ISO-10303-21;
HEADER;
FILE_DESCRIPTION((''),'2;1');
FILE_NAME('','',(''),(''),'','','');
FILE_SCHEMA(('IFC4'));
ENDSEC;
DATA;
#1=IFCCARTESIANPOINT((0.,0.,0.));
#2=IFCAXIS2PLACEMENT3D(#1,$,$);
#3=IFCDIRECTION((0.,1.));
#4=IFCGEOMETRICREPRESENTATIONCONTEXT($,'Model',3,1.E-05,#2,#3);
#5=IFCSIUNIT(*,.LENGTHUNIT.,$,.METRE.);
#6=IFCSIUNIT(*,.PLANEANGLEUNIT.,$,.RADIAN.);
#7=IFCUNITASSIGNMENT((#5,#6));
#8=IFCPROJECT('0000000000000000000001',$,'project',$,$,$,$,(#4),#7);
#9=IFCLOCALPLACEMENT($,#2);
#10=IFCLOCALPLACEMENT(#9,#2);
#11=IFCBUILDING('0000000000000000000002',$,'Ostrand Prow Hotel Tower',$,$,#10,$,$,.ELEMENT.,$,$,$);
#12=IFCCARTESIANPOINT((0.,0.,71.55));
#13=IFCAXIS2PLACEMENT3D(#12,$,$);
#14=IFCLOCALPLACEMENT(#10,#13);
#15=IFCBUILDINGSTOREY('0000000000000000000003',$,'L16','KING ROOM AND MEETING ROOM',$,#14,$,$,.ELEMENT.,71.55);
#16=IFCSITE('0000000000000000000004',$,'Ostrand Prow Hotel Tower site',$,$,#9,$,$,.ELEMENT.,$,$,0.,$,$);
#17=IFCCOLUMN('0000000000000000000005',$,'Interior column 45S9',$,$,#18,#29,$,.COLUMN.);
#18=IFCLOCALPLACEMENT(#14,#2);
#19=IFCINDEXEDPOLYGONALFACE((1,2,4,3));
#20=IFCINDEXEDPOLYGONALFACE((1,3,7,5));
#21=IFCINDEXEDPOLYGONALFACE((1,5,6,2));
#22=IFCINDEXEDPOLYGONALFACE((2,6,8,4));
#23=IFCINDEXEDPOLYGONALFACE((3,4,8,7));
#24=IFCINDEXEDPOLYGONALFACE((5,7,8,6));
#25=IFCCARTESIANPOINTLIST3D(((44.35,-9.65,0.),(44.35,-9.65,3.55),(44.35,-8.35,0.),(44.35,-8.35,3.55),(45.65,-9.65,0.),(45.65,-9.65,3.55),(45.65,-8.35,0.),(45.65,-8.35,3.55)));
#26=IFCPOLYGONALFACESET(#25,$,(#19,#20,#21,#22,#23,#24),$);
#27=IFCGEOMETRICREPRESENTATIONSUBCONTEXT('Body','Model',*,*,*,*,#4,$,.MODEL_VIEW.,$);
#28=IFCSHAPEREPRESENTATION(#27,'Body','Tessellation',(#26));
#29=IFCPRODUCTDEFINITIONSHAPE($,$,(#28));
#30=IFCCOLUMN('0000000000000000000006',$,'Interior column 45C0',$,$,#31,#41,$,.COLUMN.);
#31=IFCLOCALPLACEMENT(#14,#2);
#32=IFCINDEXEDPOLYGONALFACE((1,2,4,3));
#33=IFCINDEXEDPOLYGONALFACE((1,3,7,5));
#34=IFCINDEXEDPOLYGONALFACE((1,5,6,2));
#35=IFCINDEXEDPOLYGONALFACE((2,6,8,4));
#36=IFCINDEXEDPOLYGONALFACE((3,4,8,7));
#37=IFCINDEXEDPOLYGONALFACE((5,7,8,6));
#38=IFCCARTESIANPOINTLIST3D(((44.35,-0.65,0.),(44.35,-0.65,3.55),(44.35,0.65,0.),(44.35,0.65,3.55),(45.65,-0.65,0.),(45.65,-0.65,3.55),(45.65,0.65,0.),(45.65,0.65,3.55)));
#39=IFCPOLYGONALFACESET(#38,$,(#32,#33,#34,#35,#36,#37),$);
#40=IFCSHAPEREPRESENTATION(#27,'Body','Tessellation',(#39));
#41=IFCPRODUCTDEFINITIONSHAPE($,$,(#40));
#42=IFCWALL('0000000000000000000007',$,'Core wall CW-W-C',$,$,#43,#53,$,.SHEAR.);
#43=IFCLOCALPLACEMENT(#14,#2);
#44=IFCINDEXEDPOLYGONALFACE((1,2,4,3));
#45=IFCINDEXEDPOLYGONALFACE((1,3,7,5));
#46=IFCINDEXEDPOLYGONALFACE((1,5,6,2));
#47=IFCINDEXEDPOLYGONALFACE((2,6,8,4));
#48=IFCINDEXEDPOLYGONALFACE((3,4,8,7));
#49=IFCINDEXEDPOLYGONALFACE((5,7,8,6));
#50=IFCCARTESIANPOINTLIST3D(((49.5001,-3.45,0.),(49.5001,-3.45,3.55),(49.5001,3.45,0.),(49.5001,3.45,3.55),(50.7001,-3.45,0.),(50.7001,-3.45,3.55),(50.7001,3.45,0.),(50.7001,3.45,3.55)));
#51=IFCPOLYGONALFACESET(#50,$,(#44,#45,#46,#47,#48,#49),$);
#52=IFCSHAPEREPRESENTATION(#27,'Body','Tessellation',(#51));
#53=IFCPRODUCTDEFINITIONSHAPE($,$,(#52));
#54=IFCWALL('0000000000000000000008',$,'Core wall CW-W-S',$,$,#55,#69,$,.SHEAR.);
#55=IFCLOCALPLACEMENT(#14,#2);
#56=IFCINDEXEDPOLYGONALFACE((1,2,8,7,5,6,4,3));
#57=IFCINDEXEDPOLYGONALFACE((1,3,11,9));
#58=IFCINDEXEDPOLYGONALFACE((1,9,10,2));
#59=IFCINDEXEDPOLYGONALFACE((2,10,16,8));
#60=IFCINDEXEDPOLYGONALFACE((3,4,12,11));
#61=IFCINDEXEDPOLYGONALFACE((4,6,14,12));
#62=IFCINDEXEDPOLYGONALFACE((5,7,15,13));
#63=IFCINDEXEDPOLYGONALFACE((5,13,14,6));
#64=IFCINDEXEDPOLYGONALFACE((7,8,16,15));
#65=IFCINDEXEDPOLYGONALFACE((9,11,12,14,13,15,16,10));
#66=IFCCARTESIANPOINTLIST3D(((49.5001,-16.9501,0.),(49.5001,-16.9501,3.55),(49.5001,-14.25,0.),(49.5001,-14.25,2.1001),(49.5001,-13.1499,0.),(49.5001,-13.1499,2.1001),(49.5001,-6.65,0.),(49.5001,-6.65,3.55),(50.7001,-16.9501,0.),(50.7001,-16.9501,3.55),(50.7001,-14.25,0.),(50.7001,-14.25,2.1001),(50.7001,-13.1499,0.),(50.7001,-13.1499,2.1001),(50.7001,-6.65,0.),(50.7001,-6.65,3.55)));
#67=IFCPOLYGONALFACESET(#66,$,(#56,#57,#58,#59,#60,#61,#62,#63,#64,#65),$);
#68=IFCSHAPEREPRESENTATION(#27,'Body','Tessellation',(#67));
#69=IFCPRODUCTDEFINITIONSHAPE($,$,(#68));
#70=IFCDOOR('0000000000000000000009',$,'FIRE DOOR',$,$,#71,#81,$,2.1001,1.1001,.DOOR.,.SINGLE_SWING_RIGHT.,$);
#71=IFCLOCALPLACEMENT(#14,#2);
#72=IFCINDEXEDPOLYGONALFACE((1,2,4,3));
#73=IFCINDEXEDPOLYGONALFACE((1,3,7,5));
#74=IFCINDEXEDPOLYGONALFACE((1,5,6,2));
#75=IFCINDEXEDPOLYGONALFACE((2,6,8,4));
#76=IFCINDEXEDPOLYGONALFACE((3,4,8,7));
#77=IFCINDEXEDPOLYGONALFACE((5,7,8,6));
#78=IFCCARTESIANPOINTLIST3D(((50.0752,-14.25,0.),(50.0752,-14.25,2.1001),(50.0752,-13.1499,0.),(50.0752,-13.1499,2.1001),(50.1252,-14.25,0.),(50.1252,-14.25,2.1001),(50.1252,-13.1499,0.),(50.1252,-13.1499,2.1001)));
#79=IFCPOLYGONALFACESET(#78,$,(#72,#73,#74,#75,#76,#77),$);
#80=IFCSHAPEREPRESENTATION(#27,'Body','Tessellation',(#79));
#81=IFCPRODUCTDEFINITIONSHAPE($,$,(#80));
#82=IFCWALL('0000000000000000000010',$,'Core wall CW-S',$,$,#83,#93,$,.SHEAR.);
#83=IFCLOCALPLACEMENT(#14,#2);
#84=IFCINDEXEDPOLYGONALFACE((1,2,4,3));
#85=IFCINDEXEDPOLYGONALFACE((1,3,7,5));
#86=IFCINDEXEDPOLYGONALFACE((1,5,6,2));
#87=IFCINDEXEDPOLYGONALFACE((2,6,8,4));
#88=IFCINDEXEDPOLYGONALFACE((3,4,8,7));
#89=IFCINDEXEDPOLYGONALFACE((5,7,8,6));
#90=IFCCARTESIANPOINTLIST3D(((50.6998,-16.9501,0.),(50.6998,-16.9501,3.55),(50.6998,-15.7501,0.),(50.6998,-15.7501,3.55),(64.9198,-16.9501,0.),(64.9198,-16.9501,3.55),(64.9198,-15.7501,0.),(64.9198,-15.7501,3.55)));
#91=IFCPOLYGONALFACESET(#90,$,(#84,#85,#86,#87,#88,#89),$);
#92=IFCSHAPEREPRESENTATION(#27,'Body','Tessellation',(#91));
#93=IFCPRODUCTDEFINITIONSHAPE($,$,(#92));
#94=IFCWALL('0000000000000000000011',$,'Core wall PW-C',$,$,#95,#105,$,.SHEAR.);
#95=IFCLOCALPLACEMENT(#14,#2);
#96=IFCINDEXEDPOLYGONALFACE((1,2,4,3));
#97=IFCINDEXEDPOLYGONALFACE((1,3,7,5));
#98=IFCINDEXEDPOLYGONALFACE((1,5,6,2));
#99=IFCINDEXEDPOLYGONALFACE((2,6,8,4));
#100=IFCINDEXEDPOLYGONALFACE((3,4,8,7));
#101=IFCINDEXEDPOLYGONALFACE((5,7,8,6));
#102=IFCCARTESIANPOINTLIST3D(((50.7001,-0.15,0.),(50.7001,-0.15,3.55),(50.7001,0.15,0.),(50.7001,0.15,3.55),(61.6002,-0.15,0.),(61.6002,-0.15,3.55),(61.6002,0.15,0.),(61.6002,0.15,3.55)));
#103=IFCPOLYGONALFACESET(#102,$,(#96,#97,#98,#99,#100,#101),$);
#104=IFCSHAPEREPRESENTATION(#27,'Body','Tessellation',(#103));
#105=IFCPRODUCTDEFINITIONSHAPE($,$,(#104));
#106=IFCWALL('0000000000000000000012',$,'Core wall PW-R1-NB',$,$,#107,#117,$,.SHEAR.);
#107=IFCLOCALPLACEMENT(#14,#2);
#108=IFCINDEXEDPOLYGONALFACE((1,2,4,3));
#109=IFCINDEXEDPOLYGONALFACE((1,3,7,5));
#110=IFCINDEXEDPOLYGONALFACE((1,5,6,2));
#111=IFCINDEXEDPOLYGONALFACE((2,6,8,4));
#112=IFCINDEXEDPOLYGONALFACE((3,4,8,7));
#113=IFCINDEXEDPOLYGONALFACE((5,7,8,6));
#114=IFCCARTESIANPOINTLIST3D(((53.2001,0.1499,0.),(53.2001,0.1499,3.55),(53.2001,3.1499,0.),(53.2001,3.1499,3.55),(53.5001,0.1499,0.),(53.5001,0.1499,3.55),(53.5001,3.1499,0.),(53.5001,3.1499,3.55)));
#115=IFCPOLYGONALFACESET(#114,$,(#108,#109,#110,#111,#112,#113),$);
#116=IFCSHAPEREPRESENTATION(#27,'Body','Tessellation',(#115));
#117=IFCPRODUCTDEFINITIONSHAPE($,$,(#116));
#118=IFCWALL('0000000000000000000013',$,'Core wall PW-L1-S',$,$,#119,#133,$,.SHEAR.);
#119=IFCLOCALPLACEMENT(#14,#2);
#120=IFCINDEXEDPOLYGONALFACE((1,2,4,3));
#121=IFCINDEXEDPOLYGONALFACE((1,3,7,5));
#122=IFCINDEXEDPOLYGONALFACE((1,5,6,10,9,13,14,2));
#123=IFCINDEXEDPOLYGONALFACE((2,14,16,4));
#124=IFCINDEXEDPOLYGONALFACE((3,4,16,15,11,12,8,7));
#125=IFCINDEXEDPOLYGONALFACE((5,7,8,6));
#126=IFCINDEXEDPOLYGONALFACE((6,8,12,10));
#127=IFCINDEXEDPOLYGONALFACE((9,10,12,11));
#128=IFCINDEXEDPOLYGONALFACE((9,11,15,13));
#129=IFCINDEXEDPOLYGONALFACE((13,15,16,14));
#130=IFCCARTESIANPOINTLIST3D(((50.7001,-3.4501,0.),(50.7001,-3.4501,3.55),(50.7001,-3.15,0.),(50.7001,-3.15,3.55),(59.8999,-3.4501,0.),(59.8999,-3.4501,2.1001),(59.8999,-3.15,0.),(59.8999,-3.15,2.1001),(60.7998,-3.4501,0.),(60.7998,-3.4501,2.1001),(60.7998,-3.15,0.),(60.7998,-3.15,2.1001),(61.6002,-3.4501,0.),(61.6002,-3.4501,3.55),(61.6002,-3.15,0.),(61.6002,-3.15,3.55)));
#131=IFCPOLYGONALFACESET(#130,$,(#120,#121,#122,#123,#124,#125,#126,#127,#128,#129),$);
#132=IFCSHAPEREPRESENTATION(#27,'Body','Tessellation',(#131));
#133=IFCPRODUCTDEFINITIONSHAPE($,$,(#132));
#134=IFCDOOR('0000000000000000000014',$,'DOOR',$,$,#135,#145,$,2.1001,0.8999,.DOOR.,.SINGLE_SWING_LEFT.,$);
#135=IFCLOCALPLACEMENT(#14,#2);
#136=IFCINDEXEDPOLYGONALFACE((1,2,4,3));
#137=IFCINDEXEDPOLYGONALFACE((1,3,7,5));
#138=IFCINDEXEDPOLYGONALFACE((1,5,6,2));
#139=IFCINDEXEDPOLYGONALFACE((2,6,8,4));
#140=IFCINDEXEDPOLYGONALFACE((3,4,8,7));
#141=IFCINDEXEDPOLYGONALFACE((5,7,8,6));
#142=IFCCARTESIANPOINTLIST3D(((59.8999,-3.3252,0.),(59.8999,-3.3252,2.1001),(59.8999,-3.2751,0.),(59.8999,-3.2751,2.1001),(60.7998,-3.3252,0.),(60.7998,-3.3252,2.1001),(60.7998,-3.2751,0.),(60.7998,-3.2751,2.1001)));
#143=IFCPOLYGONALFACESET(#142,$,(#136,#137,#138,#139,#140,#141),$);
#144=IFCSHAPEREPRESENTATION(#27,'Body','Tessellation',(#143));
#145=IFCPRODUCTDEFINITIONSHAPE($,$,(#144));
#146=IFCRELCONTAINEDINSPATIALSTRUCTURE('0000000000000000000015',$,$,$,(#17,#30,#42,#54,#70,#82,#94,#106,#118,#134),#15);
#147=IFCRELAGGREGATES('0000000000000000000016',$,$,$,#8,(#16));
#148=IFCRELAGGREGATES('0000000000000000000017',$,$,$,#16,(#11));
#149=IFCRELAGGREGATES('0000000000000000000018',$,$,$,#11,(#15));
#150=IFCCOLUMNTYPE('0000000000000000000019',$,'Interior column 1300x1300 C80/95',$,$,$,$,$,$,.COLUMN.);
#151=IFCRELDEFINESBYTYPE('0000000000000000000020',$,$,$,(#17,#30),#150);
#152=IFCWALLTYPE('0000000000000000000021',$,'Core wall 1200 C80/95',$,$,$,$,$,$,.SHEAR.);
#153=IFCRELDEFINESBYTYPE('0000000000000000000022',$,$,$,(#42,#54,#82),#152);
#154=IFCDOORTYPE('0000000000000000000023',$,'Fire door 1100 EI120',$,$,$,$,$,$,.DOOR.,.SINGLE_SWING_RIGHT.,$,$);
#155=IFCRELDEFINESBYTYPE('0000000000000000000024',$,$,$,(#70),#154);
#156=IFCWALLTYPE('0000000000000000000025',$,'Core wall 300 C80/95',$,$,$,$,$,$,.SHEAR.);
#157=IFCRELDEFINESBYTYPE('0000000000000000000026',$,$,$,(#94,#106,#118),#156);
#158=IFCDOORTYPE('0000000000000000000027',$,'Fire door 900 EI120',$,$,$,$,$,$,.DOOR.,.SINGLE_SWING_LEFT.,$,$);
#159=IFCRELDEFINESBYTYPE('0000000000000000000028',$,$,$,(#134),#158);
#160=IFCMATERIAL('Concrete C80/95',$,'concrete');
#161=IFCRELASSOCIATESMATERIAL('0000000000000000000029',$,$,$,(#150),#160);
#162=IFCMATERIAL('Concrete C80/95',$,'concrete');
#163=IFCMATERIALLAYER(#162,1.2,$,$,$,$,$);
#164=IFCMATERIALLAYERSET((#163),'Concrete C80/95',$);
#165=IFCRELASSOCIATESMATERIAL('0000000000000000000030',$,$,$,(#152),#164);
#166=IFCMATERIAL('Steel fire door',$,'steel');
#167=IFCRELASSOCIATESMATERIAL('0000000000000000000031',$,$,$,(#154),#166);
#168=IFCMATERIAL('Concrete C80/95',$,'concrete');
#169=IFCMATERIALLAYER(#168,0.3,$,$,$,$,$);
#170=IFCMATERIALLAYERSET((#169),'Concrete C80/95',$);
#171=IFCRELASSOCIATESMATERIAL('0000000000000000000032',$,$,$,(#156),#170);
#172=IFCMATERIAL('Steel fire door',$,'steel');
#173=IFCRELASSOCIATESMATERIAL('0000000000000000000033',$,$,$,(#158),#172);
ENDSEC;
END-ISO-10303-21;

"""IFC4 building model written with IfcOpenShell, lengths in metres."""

from ifc_helpers import new_model, si_unit, direction, frame, frame_2d, origin, origin_2d, place, context, subcontext, project, spatial, rectangle, extrude, material, layer, layer_set, material_profile, profile_set, type_object, element, fill, save


model = new_model("IFC4")

# Units and contexts
model_context = context("Model", 3, precision=1e-05, world=origin(), true_north=direction((0.0, 1.0)))
body_context = subcontext(model_context, "Body", "Model", "MODEL_VIEW")
ifc_project = project(units=[si_unit("LENGTHUNIT", "METRE"), si_unit("PLANEANGLEUNIT", "RADIAN")], contexts=[model_context])

# Site, building, storey
site_placement = place(None, origin())
site = spatial("IfcSite", under=ifc_project, at=site_placement, Name="Ostrand Prow Hotel Tower site", CompositionType="ELEMENT", RefElevation=0.0)
building_placement = place(site_placement, origin())
building = spatial("IfcBuilding", under=site, at=building_placement, Name="Ostrand Prow Hotel Tower", CompositionType="ELEMENT")
storey_placement = place(building_placement, frame((0.0, 0.0, 71.55)))
storey = spatial("IfcBuildingStorey", under=building, at=storey_placement, Name="L16", Description="KING ROOM AND MEETING ROOM", CompositionType="ELEMENT", Elevation=71.55)

# Columns
ifc_material_1 = material(Name="Concrete C80/95", Category="concrete")
ifc_material_profile = material_profile(ifc_material_1, rectangle(XDim=1.3, YDim=1.3, at=origin_2d()), Name="RC 1300x1300")
ifc_profile_set = profile_set([ifc_material_profile], Name="Concrete C80/95")
column_type = type_object("IfcColumnType", Name="Interior column 1300x1300 C80/95", PredefinedType="COLUMN", material=ifc_profile_set)
for number, where, z_axis, x_axis, name in (
    (1, (45.0, -9.0, 0.0), (0.0, 0.0, 1.0), (1.0, 0.0, 0.0), "Interior column 45S9"),
    (2, (45.0, 0.0, 0.0), (0.0, 0.0, 1.0), (1.0, 0.0, 0.0), "Interior column 45C0"),
):
    element("IfcColumn", number, at=place(storey_placement, frame(where, z_axis=z_axis, x_axis=x_axis)), inside=storey, type_object=column_type, Name=name, PredefinedType="COLUMN", context=body_context, shape_type="SweptSolid", body=[
        extrude(rectangle(XDim=1.3, YDim=1.3, at=origin_2d()), origin(), (0.0, 0.0, 1.0), 3.55),
    ])

# Wall
ifc_material_2 = material(Name="Concrete C80/95", Category="concrete")
ifc_layer_1 = layer(ifc_material_2, 1.2)
ifc_layer_set_1 = layer_set([ifc_layer_1], Name="Concrete C80/95")
wall_type_1 = type_object("IfcWallType", Name="Core wall 1200 C80/95", PredefinedType="SHEAR", material=ifc_layer_set_1)
wall_1_placement = place(storey_placement, frame((50.1001, -3.45, 0.0), z_axis=(0.0, 0.0, 1.0), x_axis=(0.0, 1.0, 0.0)))
element("IfcWall", 3, at=wall_1_placement, inside=storey, type_object=wall_type_1, Name="Core wall CW-W-C", PredefinedType="SHEAR", context=body_context, shape_type="SweptSolid", body=[
    extrude(rectangle(XDim=6.8999, YDim=1.2, at=frame_2d((3.45, 0.0))), origin(), (0.0, 0.0, 1.0), 3.55),
])

# Wall, opening, door
wall_2_placement = place(storey_placement, frame((50.1001, -16.95, 0.0), z_axis=(0.0, 0.0, 1.0), x_axis=(0.0, 1.0, 0.0)))
wall_2 = element("IfcWall", 4, at=wall_2_placement, inside=storey, type_object=wall_type_1, Name="Core wall CW-W-S", PredefinedType="SHEAR", context=body_context, shape_type="SweptSolid", body=[
    extrude(rectangle(XDim=10.3, YDim=1.2, at=frame_2d((5.1499, 0.0))), origin(), (0.0, 0.0, 1.0), 3.55),
])
opening_1_placement = place(wall_2_placement, frame((2.7, 0.0, 0.0)))
opening_1 = element("IfcOpeningElement", 5, at=opening_1_placement, cuts=wall_2, PredefinedType="OPENING", context=body_context, shape_type="SweptSolid", body=[
    extrude(rectangle(XDim=1.1001, YDim=2.1001, at=frame_2d((0.55, 1.05))), frame((0.0, 0.6099, 0.0), z_axis=(0.0, -1.0, 0.0), x_axis=(1.0, 0.0, 0.0)), (0.0, 0.0, 1.0), 1.22),
])
ifc_material_3 = material(Name="Steel fire door", Category="steel")
door_type_1 = type_object("IfcDoorType", Name="Fire door 1100 EI120", OperationType="SINGLE_SWING_RIGHT", PredefinedType="DOOR", material=ifc_material_3)
door_1_placement = place(opening_1_placement, origin())
door_1 = element("IfcDoor", 6, at=door_1_placement, inside=storey, type_object=door_type_1, Name="FIRE DOOR", OperationType="SINGLE_SWING_RIGHT", OverallHeight=2.1001, OverallWidth=1.1001, PredefinedType="DOOR", context=body_context, shape_type="SweptSolid", body=[
    extrude(rectangle(XDim=1.1001, YDim=2.1001, at=frame_2d((0.55, 1.05))), frame((0.0, 0.0249, 0.0), z_axis=(0.0, -1.0, 0.0), x_axis=(1.0, 0.0, 0.0)), (0.0, 0.0, 1.0), 0.05),
])
fill(opening_1, door_1)

# Walls
wall_3_placement = place(storey_placement, frame((50.7, -16.3501, 0.0), z_axis=(0.0, 0.0, 1.0), x_axis=(1.0, 0.0, 0.0)))
element("IfcWall", 7, at=wall_3_placement, inside=storey, type_object=wall_type_1, Name="Core wall CW-S", PredefinedType="SHEAR", context=body_context, shape_type="SweptSolid", body=[
    extrude(rectangle(XDim=14.22, YDim=1.2, at=frame_2d((7.1099, 0.0))), origin(), (0.0, 0.0, 1.0), 3.55),
])
ifc_material_4 = material(Name="Concrete C80/95", Category="concrete")
ifc_layer_2 = layer(ifc_material_4, 0.3)
ifc_layer_set_2 = layer_set([ifc_layer_2], Name="Concrete C80/95")
wall_type_2 = type_object("IfcWallType", Name="Core wall 300 C80/95", PredefinedType="SHEAR", material=ifc_layer_set_2)
wall_4_placement = place(storey_placement, frame((50.7, 0.0, 0.0), z_axis=(0.0, 0.0, 1.0), x_axis=(1.0, 0.0, 0.0)))
element("IfcWall", 8, at=wall_4_placement, inside=storey, type_object=wall_type_2, Name="Core wall PW-C", PredefinedType="SHEAR", context=body_context, shape_type="SweptSolid", body=[
    extrude(rectangle(XDim=10.9001, YDim=0.3, at=frame_2d((5.4502, 0.0))), origin(), (0.0, 0.0, 1.0), 3.55),
])
wall_5_placement = place(storey_placement, frame((53.3501, 0.1499, 0.0), z_axis=(0.0, 0.0, 1.0), x_axis=(0.0, 1.0, 0.0)))
element("IfcWall", 9, at=wall_5_placement, inside=storey, type_object=wall_type_2, Name="Core wall PW-R1-NB", PredefinedType="SHEAR", context=body_context, shape_type="SweptSolid", body=[
    extrude(rectangle(XDim=3.0, YDim=0.3, at=frame_2d((1.5, 0.0))), origin(), (0.0, 0.0, 1.0), 3.55),
])

# Wall, opening, door
wall_6_placement = place(storey_placement, frame((50.7, -3.3, 0.0), z_axis=(0.0, 0.0, 1.0), x_axis=(1.0, 0.0, 0.0)))
wall_6 = element("IfcWall", 10, at=wall_6_placement, inside=storey, type_object=wall_type_2, Name="Core wall PW-L1-S", PredefinedType="SHEAR", context=body_context, shape_type="SweptSolid", body=[
    extrude(rectangle(XDim=10.9001, YDim=0.3, at=frame_2d((5.4502, 0.0))), origin(), (0.0, 0.0, 1.0), 3.55),
])
opening_2_placement = place(wall_6_placement, frame((9.2, 0.0, 0.0)))
opening_2 = element("IfcOpeningElement", 11, at=opening_2_placement, cuts=wall_6, PredefinedType="OPENING", context=body_context, shape_type="SweptSolid", body=[
    extrude(rectangle(XDim=0.8999, YDim=2.1001, at=frame_2d((0.45, 1.05))), frame((0.0, 0.1599, 0.0), z_axis=(0.0, -1.0, 0.0), x_axis=(1.0, 0.0, 0.0)), (0.0, 0.0, 1.0), 0.3201),
])
ifc_material_5 = material(Name="Steel fire door", Category="steel")
door_type_2 = type_object("IfcDoorType", Name="Fire door 900 EI120", OperationType="SINGLE_SWING_LEFT", PredefinedType="DOOR", material=ifc_material_5)
door_2_placement = place(opening_2_placement, origin())
door_2 = element("IfcDoor", 12, at=door_2_placement, inside=storey, type_object=door_type_2, Name="DOOR", OperationType="SINGLE_SWING_LEFT", OverallHeight=2.1001, OverallWidth=0.8999, PredefinedType="DOOR", context=body_context, shape_type="SweptSolid", body=[
    extrude(rectangle(XDim=0.8999, YDim=2.1001, at=frame_2d((0.45, 1.05))), frame((0.0, 0.0249, 0.0), z_axis=(0.0, -1.0, 0.0), x_axis=(1.0, 0.0, 0.0)), (0.0, 0.0, 1.0), 0.05),
])
fill(opening_2, door_2)

save(model, "model.ifc")
